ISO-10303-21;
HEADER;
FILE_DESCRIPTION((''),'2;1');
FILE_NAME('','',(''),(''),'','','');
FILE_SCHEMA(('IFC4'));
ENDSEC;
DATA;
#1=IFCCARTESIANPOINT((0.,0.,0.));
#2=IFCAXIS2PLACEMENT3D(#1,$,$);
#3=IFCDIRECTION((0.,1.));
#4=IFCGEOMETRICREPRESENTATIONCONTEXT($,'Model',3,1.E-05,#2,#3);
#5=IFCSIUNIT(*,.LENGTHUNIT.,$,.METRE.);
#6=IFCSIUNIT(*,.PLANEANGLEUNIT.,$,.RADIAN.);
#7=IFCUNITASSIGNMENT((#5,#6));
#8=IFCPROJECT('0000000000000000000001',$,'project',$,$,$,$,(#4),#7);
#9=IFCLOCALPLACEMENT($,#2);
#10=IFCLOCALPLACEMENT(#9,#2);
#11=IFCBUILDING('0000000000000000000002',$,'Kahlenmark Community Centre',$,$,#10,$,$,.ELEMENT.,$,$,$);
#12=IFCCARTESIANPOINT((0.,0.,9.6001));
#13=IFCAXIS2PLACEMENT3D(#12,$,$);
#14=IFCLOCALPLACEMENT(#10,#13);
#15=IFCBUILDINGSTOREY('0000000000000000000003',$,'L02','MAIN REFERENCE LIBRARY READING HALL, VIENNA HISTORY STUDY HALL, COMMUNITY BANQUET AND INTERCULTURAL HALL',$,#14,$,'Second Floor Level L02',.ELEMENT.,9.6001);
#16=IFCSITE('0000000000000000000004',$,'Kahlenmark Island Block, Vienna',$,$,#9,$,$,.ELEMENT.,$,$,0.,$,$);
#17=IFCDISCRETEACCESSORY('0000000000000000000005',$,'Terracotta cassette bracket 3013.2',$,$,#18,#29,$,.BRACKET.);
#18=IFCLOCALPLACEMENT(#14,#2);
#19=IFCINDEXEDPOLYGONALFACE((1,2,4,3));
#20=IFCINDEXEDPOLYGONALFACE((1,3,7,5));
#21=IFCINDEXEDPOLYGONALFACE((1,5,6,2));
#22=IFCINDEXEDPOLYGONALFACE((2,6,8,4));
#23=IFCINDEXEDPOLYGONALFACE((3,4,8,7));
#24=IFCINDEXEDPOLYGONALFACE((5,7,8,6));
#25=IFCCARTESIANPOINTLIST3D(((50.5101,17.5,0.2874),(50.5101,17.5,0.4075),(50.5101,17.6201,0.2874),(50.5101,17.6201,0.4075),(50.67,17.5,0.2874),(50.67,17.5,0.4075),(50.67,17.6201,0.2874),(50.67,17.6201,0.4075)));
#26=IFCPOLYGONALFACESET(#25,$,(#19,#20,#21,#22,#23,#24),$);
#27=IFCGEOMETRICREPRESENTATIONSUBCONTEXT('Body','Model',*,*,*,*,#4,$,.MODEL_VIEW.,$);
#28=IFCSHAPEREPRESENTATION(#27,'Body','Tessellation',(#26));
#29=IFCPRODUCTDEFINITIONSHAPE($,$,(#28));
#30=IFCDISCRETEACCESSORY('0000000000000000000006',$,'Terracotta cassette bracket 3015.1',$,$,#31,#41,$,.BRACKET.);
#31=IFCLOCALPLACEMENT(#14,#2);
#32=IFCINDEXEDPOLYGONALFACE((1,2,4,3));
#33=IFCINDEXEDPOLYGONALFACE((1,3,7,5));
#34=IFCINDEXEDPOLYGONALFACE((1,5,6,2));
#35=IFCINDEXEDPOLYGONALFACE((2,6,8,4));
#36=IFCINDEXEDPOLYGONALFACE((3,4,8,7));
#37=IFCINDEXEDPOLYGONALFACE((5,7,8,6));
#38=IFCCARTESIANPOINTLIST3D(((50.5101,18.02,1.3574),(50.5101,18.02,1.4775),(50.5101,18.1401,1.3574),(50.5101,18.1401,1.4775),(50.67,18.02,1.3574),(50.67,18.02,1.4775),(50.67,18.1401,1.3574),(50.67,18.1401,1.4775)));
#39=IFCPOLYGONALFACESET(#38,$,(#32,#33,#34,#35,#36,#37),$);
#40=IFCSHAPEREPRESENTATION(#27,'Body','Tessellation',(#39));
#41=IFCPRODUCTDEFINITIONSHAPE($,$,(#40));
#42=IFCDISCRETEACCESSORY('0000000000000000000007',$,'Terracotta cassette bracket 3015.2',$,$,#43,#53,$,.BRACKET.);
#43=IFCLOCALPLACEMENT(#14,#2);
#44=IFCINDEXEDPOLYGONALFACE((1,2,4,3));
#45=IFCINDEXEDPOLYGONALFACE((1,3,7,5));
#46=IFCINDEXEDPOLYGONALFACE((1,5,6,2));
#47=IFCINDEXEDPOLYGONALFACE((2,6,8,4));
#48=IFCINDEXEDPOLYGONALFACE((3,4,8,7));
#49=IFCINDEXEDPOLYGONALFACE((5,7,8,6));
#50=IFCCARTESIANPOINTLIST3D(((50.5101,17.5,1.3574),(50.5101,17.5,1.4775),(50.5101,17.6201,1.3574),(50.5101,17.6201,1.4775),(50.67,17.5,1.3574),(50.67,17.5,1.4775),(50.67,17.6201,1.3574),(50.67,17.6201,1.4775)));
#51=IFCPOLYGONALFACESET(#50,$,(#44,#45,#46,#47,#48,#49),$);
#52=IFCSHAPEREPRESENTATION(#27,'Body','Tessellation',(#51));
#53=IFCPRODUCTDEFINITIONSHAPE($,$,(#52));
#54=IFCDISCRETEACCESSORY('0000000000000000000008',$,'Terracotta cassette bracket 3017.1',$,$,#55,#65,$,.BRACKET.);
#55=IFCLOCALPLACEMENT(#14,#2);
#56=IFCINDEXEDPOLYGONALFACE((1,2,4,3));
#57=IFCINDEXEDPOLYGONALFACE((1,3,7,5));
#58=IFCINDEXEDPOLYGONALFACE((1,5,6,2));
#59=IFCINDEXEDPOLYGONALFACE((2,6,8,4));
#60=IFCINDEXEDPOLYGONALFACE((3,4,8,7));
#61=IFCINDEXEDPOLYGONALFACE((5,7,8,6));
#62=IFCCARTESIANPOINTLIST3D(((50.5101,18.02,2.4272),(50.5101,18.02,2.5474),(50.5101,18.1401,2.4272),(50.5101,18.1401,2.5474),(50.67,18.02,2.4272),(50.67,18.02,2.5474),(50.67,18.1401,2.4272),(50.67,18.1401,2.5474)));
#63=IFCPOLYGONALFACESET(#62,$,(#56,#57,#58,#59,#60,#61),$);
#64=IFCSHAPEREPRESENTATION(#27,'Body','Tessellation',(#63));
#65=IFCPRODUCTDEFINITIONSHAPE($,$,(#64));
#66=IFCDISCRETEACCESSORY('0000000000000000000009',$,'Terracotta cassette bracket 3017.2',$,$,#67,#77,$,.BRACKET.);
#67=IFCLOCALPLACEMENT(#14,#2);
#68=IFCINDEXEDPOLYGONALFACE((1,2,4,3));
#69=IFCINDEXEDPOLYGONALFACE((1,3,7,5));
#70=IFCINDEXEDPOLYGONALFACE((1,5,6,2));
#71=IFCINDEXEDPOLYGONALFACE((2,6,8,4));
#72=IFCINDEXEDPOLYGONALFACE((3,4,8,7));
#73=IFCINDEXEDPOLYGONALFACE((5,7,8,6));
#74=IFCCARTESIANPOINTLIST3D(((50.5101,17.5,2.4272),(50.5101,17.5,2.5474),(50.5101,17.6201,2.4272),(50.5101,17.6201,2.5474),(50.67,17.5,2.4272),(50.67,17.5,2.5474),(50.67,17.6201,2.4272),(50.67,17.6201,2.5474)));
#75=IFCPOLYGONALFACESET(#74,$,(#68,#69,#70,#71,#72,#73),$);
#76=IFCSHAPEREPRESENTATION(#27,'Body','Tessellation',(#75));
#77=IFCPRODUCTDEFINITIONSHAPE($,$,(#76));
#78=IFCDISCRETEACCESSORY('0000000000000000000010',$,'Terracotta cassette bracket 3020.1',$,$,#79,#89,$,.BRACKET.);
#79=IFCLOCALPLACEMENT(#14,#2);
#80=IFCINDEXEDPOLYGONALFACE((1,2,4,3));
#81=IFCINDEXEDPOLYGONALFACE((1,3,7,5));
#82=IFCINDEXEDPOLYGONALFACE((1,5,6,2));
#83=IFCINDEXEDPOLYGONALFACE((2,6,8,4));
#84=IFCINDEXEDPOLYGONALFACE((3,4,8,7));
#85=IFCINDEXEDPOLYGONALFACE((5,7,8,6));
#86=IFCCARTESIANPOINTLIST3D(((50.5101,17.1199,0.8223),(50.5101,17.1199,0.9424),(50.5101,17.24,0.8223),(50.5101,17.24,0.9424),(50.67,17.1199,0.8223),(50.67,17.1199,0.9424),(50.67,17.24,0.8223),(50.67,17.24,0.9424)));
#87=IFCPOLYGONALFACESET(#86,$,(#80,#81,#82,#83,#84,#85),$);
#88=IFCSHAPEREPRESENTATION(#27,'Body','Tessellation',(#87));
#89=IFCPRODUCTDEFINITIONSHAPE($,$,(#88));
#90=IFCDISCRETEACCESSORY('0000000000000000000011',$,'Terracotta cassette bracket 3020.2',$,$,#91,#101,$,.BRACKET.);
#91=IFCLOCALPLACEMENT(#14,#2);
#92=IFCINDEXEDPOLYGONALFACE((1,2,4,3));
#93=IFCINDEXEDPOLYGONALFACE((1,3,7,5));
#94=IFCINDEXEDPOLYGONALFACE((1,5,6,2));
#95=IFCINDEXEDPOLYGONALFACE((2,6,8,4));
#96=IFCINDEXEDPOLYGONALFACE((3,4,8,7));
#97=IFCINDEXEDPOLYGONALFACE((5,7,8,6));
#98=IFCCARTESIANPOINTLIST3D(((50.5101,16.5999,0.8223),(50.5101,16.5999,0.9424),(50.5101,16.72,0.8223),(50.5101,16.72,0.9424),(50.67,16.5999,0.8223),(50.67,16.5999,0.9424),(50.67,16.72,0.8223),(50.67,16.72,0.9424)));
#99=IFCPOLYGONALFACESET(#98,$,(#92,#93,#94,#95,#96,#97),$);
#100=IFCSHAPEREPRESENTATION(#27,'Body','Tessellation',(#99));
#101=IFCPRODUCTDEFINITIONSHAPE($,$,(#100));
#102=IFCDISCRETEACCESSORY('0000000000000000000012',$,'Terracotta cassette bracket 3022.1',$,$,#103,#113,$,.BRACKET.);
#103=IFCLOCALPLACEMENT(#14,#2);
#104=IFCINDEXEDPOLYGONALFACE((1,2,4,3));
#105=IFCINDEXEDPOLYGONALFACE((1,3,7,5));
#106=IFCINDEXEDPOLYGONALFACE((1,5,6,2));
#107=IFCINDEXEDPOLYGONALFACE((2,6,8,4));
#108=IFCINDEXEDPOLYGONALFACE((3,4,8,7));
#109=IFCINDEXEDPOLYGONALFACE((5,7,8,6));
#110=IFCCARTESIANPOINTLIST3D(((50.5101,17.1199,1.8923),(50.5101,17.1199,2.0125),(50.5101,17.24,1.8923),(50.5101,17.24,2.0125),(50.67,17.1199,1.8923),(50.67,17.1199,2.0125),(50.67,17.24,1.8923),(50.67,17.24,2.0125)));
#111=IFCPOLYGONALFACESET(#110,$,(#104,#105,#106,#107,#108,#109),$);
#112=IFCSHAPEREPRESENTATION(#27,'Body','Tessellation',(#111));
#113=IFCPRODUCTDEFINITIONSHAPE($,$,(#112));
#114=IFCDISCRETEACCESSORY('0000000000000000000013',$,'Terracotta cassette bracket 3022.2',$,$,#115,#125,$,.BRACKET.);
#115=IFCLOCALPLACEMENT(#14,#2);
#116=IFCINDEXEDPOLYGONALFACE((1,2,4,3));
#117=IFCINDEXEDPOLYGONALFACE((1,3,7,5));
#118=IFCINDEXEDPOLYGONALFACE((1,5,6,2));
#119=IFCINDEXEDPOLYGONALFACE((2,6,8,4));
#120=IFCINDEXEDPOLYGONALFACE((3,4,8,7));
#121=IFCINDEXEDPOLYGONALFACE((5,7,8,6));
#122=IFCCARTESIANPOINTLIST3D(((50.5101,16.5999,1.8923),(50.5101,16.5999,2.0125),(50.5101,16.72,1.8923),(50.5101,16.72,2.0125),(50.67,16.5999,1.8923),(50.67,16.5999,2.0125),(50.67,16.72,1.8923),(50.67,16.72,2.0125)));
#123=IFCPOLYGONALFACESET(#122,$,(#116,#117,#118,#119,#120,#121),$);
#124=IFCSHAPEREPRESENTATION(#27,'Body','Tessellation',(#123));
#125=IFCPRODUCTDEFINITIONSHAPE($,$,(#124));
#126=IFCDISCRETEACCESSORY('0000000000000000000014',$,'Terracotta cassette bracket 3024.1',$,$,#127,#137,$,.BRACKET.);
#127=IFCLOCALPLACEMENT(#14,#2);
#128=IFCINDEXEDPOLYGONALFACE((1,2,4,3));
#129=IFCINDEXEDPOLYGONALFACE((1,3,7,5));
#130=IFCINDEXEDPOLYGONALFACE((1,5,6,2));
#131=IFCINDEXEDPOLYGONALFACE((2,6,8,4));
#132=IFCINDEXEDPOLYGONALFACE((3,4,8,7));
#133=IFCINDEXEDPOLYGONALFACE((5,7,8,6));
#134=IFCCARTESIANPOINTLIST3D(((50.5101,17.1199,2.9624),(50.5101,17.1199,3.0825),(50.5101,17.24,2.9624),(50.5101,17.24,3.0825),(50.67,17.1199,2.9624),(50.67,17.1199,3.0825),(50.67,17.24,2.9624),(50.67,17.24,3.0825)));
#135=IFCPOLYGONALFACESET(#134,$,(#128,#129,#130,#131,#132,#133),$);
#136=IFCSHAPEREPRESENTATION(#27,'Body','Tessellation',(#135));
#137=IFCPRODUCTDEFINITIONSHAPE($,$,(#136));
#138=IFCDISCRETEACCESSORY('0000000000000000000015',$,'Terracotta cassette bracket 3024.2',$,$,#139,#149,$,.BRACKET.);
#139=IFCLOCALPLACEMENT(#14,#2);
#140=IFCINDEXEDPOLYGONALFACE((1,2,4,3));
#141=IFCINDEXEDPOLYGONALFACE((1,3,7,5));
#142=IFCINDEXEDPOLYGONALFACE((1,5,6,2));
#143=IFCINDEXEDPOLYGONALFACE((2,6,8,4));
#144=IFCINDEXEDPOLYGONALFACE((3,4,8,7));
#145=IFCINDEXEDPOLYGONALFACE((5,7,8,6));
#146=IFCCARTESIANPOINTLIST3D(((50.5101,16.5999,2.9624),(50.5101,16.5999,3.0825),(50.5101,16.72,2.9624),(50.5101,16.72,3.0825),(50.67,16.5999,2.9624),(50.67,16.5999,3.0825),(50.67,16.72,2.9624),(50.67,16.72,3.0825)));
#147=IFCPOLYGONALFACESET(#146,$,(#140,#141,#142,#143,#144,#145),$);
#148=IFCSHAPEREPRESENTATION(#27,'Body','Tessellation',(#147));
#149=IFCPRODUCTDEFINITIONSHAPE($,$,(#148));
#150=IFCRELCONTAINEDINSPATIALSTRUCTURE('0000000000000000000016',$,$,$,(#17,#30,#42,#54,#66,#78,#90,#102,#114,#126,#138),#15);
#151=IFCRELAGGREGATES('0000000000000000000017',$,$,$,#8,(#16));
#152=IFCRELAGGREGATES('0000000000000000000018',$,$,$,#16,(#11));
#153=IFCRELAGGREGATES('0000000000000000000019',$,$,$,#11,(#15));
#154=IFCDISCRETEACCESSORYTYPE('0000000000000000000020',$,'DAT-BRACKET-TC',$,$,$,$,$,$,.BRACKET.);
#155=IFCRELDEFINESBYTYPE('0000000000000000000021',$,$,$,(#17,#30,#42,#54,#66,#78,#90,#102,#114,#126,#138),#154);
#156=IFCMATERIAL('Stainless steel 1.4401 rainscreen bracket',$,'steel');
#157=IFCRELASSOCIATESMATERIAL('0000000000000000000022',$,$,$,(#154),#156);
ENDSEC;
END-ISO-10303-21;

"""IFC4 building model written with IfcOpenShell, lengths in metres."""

from ifc_helpers import new_model, si_unit, direction, frame, origin, origin_2d, place, context, subcontext, project, spatial, rectangle, extrude, material, type_object, element, save


model = new_model("IFC4")

# Units and contexts
model_context = context("Model", 3, precision=1e-05, world=origin(), true_north=direction((0.0, 1.0)))
body_context = subcontext(model_context, "Body", "Model", "MODEL_VIEW")
ifc_project = project(units=[si_unit("LENGTHUNIT", "METRE"), si_unit("PLANEANGLEUNIT", "RADIAN")], contexts=[model_context])

# Site, building, storey
site_placement = place(None, origin())
site = spatial("IfcSite", under=ifc_project, at=site_placement, Name="Kahlenmark Island Block, Vienna", CompositionType="ELEMENT", RefElevation=0.0)
building_placement = place(site_placement, origin())
building = spatial("IfcBuilding", under=site, at=building_placement, Name="Kahlenmark Community Centre", CompositionType="ELEMENT")
storey_placement = place(building_placement, frame((0.0, 0.0, 9.6001)))
storey = spatial("IfcBuildingStorey", under=building, at=storey_placement, Name="L02", Description="MAIN REFERENCE LIBRARY READING HALL, VIENNA HISTORY STUDY HALL, COMMUNITY BANQUET AND INTERCULTURAL HALL", LongName="Second Floor Level L02", CompositionType="ELEMENT", Elevation=9.6001)

# Discrete accessories
ifc_material_1 = material(Name="Stainless steel 1.4401 rainscreen bracket", Category="steel")
discrete_accessory_type = type_object("IfcDiscreteAccessoryType", Name="DAT-BRACKET-TC", PredefinedType="BRACKET", material=ifc_material_1)
for number, where, z_axis, x_axis, name in (
    (1, (50.5901, 17.5601, 0.2874), (0.0, 0.0, 1.0), (0.0, -1.0, 0.0), "Terracotta cassette bracket 3013.2"),
    (2, (50.5901, 18.0801, 1.3574), (0.0, 0.0, 1.0), (0.0, -1.0, 0.0), "Terracotta cassette bracket 3015.1"),
    (3, (50.5901, 17.5601, 1.3574), (0.0, 0.0, 1.0), (0.0, -1.0, 0.0), "Terracotta cassette bracket 3015.2"),
    (4, (50.5901, 18.0801, 2.4272), (0.0, 0.0, 1.0), (0.0, -1.0, 0.0), "Terracotta cassette bracket 3017.1"),
    (5, (50.5901, 17.5601, 2.4272), (0.0, 0.0, 1.0), (0.0, -1.0, 0.0), "Terracotta cassette bracket 3017.2"),
    (6, (50.5901, 17.1799, 0.8223), (0.0, 0.0, 1.0), (0.0, -1.0, 0.0), "Terracotta cassette bracket 3020.1"),
    (7, (50.5901, 16.6599, 0.8223), (0.0, 0.0, 1.0), (0.0, -1.0, 0.0), "Terracotta cassette bracket 3020.2"),
    (8, (50.5901, 17.1799, 1.8923), (0.0, 0.0, 1.0), (0.0, -1.0, 0.0), "Terracotta cassette bracket 3022.1"),
    (9, (50.5901, 16.6599, 1.8923), (0.0, 0.0, 1.0), (0.0, -1.0, 0.0), "Terracotta cassette bracket 3022.2"),
    (10, (50.5901, 17.1799, 2.9624), (0.0, 0.0, 1.0), (0.0, -1.0, 0.0), "Terracotta cassette bracket 3024.1"),
    (11, (50.5901, 16.6599, 2.9624), (0.0, 0.0, 1.0), (0.0, -1.0, 0.0), "Terracotta cassette bracket 3024.2"),
):
    element("IfcDiscreteAccessory", number, at=place(storey_placement, frame(where, z_axis=z_axis, x_axis=x_axis)), inside=storey, type_object=discrete_accessory_type, Name=name, PredefinedType="BRACKET", context=body_context, shape_type="SweptSolid", body=[
        extrude(rectangle(XDim=0.1201, YDim=0.1599, at=origin_2d()), origin(), (0.0, 0.0, 1.0), 0.1201),
    ])

save(model, "model.ifc")
